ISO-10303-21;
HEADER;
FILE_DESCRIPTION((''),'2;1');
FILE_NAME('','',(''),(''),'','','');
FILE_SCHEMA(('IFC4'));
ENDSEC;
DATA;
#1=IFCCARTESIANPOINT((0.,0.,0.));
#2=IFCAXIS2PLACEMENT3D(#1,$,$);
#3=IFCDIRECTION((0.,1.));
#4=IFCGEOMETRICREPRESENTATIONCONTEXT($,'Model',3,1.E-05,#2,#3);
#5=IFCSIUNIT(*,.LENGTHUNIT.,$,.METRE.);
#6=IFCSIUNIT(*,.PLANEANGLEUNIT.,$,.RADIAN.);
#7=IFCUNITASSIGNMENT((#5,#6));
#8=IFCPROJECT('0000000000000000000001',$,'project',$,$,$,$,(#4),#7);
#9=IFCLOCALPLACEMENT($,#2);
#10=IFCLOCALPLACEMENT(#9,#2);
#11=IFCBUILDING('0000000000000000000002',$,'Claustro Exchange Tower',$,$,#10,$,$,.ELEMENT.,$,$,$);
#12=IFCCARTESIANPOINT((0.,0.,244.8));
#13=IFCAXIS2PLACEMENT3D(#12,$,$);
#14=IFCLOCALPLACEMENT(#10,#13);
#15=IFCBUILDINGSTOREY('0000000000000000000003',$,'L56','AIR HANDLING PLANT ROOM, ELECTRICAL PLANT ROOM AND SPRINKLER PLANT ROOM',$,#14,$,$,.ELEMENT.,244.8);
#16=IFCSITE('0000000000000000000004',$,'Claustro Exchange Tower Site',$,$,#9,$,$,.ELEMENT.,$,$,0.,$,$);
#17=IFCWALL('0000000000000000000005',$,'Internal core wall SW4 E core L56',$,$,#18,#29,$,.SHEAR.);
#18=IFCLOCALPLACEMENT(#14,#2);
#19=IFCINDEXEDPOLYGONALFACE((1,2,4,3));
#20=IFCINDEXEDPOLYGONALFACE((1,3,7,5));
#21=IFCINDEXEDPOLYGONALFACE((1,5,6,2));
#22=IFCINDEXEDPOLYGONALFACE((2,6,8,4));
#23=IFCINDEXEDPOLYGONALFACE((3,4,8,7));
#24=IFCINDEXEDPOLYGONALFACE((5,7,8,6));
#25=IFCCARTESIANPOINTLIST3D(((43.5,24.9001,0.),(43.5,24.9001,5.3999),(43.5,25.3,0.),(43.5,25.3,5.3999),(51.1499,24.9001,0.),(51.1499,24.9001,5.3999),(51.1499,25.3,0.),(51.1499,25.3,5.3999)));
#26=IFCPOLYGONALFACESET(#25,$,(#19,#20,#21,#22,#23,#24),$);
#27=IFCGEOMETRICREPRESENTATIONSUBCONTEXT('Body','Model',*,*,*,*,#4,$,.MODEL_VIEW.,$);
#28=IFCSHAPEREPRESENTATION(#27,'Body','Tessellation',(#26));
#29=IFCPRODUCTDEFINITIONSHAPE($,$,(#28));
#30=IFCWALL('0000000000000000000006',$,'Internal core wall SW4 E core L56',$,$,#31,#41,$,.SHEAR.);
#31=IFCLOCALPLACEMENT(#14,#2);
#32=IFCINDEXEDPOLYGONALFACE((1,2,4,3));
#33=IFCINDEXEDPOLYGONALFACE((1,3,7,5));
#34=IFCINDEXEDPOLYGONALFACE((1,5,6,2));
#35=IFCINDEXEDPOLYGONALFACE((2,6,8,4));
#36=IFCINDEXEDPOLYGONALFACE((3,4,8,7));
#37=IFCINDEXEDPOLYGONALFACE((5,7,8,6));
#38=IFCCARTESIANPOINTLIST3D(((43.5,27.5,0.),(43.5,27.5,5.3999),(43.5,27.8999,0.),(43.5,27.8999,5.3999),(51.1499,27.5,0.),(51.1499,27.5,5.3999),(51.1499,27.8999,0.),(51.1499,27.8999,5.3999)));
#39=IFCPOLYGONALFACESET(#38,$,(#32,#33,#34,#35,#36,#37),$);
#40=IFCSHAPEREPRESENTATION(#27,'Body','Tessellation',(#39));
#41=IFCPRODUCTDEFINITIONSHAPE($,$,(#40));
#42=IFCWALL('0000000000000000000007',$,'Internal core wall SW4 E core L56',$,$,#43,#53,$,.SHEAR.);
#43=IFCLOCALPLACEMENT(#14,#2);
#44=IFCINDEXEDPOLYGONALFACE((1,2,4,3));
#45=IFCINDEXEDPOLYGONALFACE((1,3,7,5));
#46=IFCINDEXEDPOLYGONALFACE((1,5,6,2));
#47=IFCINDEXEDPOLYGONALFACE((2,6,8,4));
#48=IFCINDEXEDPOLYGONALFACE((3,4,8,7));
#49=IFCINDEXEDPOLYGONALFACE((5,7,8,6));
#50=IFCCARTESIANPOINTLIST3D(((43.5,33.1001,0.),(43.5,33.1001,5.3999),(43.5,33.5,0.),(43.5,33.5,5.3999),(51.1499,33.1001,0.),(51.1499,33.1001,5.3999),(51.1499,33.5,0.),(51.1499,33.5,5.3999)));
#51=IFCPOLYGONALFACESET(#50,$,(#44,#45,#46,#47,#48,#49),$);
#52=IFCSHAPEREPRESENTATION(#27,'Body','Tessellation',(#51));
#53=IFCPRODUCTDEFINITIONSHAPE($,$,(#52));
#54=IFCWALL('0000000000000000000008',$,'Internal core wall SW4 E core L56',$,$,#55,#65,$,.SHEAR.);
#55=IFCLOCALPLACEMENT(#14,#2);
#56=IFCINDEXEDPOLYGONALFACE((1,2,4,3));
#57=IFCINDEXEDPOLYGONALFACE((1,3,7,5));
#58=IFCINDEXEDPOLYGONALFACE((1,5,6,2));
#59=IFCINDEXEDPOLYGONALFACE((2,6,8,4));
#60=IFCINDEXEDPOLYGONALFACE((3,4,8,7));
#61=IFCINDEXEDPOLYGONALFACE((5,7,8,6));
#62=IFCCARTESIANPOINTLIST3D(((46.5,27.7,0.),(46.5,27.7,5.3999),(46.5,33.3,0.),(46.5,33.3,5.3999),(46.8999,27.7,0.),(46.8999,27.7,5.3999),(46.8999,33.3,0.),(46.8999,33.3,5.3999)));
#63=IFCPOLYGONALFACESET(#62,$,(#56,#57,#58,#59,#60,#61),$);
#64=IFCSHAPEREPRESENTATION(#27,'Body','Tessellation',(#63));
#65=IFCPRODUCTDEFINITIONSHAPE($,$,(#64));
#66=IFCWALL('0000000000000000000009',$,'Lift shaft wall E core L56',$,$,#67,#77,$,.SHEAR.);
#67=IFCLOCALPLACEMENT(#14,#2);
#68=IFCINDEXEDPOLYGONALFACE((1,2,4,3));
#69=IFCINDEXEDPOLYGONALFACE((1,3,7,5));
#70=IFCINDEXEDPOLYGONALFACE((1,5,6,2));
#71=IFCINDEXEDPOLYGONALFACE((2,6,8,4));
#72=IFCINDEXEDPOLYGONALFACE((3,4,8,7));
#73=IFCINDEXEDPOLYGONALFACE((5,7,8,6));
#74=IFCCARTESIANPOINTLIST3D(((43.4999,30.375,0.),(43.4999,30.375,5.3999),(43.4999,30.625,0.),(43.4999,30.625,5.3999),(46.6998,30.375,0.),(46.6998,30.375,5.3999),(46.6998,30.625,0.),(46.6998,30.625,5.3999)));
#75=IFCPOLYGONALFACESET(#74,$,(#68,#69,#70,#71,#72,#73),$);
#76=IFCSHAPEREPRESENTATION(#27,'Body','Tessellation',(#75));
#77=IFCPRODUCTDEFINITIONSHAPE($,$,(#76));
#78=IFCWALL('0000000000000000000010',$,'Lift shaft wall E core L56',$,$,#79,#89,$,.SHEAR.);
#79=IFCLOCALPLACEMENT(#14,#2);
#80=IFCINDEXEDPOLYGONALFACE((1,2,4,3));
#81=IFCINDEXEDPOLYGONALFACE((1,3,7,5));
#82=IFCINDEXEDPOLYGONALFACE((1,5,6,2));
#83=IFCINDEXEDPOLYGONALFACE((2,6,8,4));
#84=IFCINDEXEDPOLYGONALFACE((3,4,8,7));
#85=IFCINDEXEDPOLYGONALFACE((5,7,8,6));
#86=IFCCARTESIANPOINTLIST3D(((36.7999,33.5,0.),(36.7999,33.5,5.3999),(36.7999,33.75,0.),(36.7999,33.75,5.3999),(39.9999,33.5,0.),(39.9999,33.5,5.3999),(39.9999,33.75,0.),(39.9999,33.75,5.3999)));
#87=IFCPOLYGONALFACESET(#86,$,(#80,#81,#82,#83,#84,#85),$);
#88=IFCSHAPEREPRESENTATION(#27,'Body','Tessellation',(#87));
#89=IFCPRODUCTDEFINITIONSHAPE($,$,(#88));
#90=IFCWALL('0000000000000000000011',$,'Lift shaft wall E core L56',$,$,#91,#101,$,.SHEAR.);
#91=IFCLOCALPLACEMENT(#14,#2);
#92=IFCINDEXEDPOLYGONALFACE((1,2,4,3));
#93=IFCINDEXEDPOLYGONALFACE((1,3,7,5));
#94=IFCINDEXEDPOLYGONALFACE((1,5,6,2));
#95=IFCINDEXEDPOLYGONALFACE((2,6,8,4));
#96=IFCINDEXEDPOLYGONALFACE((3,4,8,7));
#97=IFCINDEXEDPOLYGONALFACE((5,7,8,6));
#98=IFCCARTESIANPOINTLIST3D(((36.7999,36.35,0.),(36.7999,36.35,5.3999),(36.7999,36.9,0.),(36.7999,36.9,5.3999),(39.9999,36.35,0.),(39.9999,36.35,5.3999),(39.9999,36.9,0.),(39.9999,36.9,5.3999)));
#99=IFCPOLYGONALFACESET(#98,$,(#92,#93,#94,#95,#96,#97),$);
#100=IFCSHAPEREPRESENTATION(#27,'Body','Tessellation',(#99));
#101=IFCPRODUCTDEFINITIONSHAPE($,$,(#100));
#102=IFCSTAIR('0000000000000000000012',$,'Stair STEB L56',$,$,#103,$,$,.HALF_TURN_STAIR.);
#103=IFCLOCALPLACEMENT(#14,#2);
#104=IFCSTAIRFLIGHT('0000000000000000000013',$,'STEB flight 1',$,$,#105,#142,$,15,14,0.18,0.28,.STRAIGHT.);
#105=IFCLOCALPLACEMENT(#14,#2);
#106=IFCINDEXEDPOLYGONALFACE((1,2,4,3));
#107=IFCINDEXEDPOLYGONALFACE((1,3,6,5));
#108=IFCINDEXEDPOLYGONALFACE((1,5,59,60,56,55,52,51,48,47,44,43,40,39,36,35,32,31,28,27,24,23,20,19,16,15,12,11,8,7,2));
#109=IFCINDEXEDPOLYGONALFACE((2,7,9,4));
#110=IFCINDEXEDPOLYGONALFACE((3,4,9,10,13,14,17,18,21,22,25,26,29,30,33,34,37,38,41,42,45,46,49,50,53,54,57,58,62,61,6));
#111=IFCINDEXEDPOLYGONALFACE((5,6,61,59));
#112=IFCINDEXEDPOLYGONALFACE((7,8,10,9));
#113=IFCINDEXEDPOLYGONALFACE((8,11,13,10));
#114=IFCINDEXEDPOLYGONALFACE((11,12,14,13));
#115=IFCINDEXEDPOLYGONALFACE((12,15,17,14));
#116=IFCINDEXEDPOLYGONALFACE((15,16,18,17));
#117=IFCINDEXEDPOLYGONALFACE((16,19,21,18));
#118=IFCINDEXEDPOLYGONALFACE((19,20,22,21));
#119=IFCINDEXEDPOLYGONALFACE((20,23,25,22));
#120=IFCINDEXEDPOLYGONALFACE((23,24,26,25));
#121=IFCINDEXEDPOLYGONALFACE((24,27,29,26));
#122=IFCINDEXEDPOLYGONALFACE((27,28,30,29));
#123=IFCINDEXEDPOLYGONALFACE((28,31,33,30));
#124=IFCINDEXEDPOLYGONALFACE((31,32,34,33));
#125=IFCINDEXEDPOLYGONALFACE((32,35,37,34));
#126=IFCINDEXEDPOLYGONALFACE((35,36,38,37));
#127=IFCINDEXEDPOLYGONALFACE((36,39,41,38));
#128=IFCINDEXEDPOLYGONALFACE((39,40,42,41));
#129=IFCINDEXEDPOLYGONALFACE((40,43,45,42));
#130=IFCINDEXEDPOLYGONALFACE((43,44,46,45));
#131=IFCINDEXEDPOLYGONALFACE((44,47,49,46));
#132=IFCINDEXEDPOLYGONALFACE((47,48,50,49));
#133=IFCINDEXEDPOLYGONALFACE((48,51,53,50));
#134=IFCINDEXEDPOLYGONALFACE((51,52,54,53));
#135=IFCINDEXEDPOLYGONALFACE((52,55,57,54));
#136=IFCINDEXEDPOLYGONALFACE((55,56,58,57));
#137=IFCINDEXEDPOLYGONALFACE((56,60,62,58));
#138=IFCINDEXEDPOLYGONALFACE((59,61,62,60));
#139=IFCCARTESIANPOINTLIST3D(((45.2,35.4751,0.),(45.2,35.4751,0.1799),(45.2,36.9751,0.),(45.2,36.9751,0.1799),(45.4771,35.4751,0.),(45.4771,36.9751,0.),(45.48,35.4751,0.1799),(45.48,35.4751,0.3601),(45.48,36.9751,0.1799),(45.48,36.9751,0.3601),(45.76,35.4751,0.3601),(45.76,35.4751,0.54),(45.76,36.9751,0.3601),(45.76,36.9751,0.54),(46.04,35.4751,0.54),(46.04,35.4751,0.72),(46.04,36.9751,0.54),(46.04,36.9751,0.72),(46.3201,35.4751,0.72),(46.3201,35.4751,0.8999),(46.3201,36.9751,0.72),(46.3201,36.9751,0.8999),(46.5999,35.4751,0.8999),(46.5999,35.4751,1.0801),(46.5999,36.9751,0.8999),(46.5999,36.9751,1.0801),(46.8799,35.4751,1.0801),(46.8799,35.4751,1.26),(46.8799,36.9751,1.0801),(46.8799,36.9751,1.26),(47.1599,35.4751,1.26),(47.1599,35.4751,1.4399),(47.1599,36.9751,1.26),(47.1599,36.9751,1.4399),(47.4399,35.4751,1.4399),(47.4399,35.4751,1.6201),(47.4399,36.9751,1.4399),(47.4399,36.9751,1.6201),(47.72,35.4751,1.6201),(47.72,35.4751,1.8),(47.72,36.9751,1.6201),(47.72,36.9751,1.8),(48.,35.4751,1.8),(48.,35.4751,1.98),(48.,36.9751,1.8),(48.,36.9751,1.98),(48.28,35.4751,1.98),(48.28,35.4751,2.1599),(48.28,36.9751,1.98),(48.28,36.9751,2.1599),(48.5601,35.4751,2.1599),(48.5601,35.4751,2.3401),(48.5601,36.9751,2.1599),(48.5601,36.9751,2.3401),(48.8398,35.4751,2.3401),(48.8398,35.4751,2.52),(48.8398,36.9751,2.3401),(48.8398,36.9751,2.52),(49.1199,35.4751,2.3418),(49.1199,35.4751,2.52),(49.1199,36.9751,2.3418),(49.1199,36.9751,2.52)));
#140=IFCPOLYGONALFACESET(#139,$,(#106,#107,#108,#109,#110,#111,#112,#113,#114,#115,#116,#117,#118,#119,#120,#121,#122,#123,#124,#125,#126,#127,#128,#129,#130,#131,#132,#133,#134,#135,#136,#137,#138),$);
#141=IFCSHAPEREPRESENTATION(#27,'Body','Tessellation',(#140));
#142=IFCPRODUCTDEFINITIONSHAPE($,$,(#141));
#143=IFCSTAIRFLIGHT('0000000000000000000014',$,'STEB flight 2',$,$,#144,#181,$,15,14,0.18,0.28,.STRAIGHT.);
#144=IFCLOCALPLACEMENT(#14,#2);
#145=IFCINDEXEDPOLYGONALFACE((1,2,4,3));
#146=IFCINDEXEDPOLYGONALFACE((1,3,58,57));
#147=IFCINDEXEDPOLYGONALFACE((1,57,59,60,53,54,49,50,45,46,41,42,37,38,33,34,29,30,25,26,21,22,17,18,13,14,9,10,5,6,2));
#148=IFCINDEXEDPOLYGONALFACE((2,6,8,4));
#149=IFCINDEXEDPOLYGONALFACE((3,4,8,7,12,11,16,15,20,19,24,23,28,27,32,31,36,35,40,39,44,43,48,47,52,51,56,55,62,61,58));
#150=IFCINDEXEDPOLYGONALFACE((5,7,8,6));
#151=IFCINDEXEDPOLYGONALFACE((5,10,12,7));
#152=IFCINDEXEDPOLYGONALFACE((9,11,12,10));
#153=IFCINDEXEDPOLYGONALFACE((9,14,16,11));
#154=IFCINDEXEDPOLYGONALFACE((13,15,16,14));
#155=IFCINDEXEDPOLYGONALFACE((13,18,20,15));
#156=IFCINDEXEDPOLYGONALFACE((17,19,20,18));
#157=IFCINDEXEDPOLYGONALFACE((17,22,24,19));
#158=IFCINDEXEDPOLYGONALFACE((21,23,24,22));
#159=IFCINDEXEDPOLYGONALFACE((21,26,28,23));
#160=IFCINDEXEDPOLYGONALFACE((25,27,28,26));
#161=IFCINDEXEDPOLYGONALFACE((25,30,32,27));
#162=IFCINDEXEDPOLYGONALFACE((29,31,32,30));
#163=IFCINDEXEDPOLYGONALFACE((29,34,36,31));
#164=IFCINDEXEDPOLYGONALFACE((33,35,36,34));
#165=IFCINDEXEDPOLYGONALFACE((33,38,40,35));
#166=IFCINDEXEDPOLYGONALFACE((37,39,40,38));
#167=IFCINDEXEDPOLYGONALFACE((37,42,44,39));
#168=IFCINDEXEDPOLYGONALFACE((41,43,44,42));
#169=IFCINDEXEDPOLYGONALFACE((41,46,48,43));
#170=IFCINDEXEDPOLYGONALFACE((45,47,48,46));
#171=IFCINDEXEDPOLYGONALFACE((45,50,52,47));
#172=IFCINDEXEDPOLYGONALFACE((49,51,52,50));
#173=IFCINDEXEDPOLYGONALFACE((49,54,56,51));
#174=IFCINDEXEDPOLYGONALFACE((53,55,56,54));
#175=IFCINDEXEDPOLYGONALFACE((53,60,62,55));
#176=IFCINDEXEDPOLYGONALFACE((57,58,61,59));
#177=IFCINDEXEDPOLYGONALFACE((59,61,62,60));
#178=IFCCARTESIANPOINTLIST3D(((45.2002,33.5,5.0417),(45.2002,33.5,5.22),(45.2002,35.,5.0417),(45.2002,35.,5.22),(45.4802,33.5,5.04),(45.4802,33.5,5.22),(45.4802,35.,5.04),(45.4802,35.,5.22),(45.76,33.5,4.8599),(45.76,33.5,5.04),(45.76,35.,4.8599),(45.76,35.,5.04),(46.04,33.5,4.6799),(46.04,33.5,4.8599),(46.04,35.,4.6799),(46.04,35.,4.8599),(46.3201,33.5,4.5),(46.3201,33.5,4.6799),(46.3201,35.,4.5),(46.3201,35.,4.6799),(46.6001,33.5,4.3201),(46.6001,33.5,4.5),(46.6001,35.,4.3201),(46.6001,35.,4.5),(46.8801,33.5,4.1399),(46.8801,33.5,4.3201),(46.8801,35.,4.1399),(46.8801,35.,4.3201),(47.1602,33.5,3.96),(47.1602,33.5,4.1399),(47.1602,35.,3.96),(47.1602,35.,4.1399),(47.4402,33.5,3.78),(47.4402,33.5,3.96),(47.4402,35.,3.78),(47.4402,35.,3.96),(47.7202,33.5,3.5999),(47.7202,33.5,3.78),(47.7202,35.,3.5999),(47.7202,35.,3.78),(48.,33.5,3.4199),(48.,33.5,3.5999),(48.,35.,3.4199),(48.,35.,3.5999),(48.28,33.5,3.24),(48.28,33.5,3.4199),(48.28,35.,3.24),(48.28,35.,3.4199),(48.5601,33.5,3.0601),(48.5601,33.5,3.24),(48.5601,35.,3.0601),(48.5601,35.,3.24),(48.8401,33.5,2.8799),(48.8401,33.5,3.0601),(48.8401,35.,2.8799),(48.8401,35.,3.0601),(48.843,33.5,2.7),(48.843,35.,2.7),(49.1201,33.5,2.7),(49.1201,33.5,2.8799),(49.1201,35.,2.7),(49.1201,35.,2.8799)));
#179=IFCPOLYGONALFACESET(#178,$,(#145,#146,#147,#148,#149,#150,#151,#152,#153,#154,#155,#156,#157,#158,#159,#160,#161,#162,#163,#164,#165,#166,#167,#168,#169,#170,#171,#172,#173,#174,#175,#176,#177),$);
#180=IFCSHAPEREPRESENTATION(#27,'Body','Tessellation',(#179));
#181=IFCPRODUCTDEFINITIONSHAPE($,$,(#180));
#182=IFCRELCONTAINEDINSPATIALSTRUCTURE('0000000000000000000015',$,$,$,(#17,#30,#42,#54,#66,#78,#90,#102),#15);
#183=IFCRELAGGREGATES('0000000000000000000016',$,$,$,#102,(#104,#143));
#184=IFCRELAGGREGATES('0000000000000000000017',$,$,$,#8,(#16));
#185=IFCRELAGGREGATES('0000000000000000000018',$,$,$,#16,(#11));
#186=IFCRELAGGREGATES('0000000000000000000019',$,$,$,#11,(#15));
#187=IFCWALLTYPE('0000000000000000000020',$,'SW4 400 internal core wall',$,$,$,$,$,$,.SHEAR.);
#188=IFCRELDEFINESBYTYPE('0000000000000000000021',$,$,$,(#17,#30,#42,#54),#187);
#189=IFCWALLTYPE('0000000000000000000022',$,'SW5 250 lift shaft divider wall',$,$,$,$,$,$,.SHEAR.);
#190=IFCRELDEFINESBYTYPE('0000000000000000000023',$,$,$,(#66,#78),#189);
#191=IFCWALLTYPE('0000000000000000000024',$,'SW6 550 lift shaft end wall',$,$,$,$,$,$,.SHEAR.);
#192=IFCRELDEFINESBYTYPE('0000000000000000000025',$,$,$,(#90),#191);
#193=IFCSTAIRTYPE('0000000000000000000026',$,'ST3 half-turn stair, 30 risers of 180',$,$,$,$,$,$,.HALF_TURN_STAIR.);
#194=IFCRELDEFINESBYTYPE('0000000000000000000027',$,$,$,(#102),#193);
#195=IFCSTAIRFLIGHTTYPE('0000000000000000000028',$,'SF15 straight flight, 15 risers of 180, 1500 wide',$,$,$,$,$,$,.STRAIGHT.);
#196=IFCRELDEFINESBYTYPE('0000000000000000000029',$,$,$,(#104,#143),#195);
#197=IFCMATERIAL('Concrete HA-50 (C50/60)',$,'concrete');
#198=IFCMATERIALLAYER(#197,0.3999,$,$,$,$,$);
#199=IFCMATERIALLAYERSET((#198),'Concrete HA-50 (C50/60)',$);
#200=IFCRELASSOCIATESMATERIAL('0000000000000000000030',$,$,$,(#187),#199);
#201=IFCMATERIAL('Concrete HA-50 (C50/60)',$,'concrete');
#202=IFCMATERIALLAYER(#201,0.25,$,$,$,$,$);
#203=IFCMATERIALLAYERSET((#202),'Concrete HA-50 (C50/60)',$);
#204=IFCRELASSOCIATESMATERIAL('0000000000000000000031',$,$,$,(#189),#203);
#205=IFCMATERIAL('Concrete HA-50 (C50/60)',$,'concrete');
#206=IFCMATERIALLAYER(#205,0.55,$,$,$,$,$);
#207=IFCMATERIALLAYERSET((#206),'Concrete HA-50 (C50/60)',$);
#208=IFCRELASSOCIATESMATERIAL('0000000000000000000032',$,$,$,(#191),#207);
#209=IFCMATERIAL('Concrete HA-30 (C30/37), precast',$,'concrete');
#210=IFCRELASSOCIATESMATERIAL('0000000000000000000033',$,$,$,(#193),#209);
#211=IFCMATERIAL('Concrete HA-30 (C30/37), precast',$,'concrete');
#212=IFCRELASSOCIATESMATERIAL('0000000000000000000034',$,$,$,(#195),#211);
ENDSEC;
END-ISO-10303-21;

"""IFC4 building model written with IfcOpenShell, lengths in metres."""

from ifc_helpers import new_model, si_unit, direction, frame, frame_2d, origin, place, context, subcontext, project, spatial, polyline, rectangle, outline, extrude, material, layer, layer_set, type_object, element, aggregate, save


model = new_model("IFC4")

# Units and contexts
model_context = context("Model", 3, precision=1e-05, world=origin(), true_north=direction((0.0, 1.0)))
body_context = subcontext(model_context, "Body", "Model", "MODEL_VIEW")
ifc_project = project(units=[si_unit("LENGTHUNIT", "METRE"), si_unit("PLANEANGLEUNIT", "RADIAN")], contexts=[model_context])

# Site, building, storey
site_placement = place(None, origin())
site = spatial("IfcSite", under=ifc_project, at=site_placement, Name="Claustro Exchange Tower Site", CompositionType="ELEMENT", RefElevation=0.0)
building_placement = place(site_placement, origin())
building = spatial("IfcBuilding", under=site, at=building_placement, Name="Claustro Exchange Tower", CompositionType="ELEMENT")
storey_placement = place(building_placement, frame((0.0, 0.0, 244.8)))
storey = spatial("IfcBuildingStorey", under=building, at=storey_placement, Name="L56", Description="AIR HANDLING PLANT ROOM, ELECTRICAL PLANT ROOM AND SPRINKLER PLANT ROOM", CompositionType="ELEMENT", Elevation=244.8)

# Walls
ifc_material_1 = material(Name="Concrete HA-50 (C50/60)", Category="concrete")
ifc_layer_1 = layer(ifc_material_1, 0.3999)
ifc_layer_set_1 = layer_set([ifc_layer_1], Name="Concrete HA-50 (C50/60)")
wall_type_1 = type_object("IfcWallType", Name="SW4 400 internal core wall", PredefinedType="SHEAR", material=ifc_layer_set_1)
for number, where, z_axis, x_axis, name in (
    (1, (51.1499, 25.1001, 0.0), (0.0, 0.0, 1.0), (-1.0, 0.0, 0.0), "Internal core wall SW4 E core L56"),
    (2, (51.1499, 27.7, 0.0), (0.0, 0.0, 1.0), (-1.0, 0.0, 0.0), "Internal core wall SW4 E core L56"),
    (3, (51.1499, 33.3, 0.0), (0.0, 0.0, 1.0), (-1.0, 0.0, 0.0), "Internal core wall SW4 E core L56"),
):
    element("IfcWall", number, at=place(storey_placement, frame(where, z_axis=z_axis, x_axis=x_axis)), inside=storey, type_object=wall_type_1, Name=name, PredefinedType="SHEAR", context=body_context, shape_type="SweptSolid", body=[
        extrude(rectangle(XDim=7.6499, YDim=0.3999, at=frame_2d((3.825, 0.0))), origin(), (0.0, 0.0, 1.0), 5.3999),
    ])
wall_1_placement = place(storey_placement, frame((46.7, 27.7, 0.0), z_axis=(0.0, 0.0, 1.0), x_axis=(0.0, 1.0, 0.0)))
element("IfcWall", 4, at=wall_1_placement, inside=storey, type_object=wall_type_1, Name="Internal core wall SW4 E core L56", PredefinedType="SHEAR", context=body_context, shape_type="SweptSolid", body=[
    extrude(rectangle(XDim=5.6001, YDim=0.3999, at=frame_2d((2.8, 0.0))), origin(), (0.0, 0.0, 1.0), 5.3999),
])
ifc_material_2 = material(Name="Concrete HA-50 (C50/60)", Category="concrete")
ifc_layer_2 = layer(ifc_material_2, 0.25)
ifc_layer_set_2 = layer_set([ifc_layer_2], Name="Concrete HA-50 (C50/60)")
wall_type_2 = type_object("IfcWallType", Name="SW5 250 lift shaft divider wall", PredefinedType="SHEAR", material=ifc_layer_set_2)
for number, where, z_axis, x_axis, name in (
    (5, (46.7, 30.5, 0.0), (0.0, 0.0, 1.0), (-1.0, 0.0, 0.0), "Lift shaft wall E core L56"),
    (6, (40.0, 33.625, 0.0), (0.0, 0.0, 1.0), (-1.0, 0.0, 0.0), "Lift shaft wall E core L56"),
):
    element("IfcWall", number, at=place(storey_placement, frame(where, z_axis=z_axis, x_axis=x_axis)), inside=storey, type_object=wall_type_2, Name=name, PredefinedType="SHEAR", context=body_context, shape_type="SweptSolid", body=[
        extrude(rectangle(XDim=3.2, YDim=0.25, at=frame_2d((1.6001, 0.0))), origin(), (0.0, 0.0, 1.0), 5.3999),
    ])
ifc_material_3 = material(Name="Concrete HA-50 (C50/60)", Category="concrete")
ifc_layer_3 = layer(ifc_material_3, 0.55)
ifc_layer_set_3 = layer_set([ifc_layer_3], Name="Concrete HA-50 (C50/60)")
wall_type_3 = type_object("IfcWallType", Name="SW6 550 lift shaft end wall", PredefinedType="SHEAR", material=ifc_layer_set_3)
wall_2_placement = place(storey_placement, frame((40.0, 36.625, 0.0), z_axis=(0.0, 0.0, 1.0), x_axis=(-1.0, 0.0, 0.0)))
element("IfcWall", 7, at=wall_2_placement, inside=storey, type_object=wall_type_3, Name="Lift shaft wall E core L56", PredefinedType="SHEAR", context=body_context, shape_type="SweptSolid", body=[
    extrude(rectangle(XDim=3.2, YDim=0.55, at=frame_2d((1.6001, 0.0))), origin(), (0.0, 0.0, 1.0), 5.3999),
])

# Stair, stair flights
ifc_material_4 = material(Name="Concrete HA-30 (C30/37), precast", Category="concrete")
stair_type = type_object("IfcStairType", Name="ST3 half-turn stair, 30 risers of 180", PredefinedType="HALF_TURN_STAIR", material=ifc_material_4)
stair_placement = place(storey_placement, origin())
stair = element("IfcStair", 8, at=stair_placement, inside=storey, type_object=stair_type, Name="Stair STEB L56", PredefinedType="HALF_TURN_STAIR")
ifc_material_5 = material(Name="Concrete HA-30 (C30/37), precast", Category="concrete")
stair_flight_type = type_object("IfcStairFlightType", Name="SF15 straight flight, 15 risers of 180, 1500 wide", PredefinedType="STRAIGHT", material=ifc_material_5)
stair_flight_1_placement = place(storey_placement, frame((45.2, 36.2251, 0.0), z_axis=(0.0, 0.0, 1.0), x_axis=(1.0, 0.0, 0.0)))
stair_flight_1 = element("IfcStairFlight", 9, at=stair_flight_1_placement, type_object=stair_flight_type, Name="STEB flight 1", NumberOfRisers=15, NumberOfTreads=14, PredefinedType="STRAIGHT", RiserHeight=0.18, TreadLength=0.28, context=body_context, shape_type="SweptSolid", body=[
    extrude(outline(polyline([(0.0, 0.0), (0.0, 0.1799), (0.28, 0.1799), (0.28, 0.3601), (0.5601, 0.3601), (0.5601, 0.54), (0.8401, 0.54), (0.8401, 0.72), (1.1201, 0.72), (1.1201, 0.8999), (1.3999, 0.8999), (1.3999, 1.0801), (1.6799, 1.0801), (1.6799, 1.26), (1.96, 1.26), (1.96, 1.4399), (2.24, 1.4399), (2.24, 1.6201), (2.52, 1.6201), (2.52, 1.8), (2.8, 1.8), (2.8, 1.98), (3.0801, 1.98), (3.0801, 2.1599), (3.3601, 2.1599), (3.3601, 2.3401), (3.6399, 2.3401), (3.6399, 2.52), (3.9199, 2.52), (3.9199, 2.7), (3.9199, 2.3418), (0.2771, 0.0), (0.0, 0.0)])), frame((0.0, 0.75, 0.0), z_axis=(0.0, -1.0, 0.0), x_axis=(1.0, 0.0, 0.0)), (0.0, 0.0, 1.0), 1.5),
])
stair_flight_2_placement = place(storey_placement, frame((49.1201, 34.25, 2.7), z_axis=(0.0, 0.0, 1.0), x_axis=(-1.0, 0.0, 0.0)))
stair_flight_2 = element("IfcStairFlight", 10, at=stair_flight_2_placement, type_object=stair_flight_type, Name="STEB flight 2", NumberOfRisers=15, NumberOfTreads=14, PredefinedType="STRAIGHT", RiserHeight=0.18, TreadLength=0.28, context=body_context, shape_type="SweptSolid", body=[
    extrude(outline(polyline([(0.0, 0.0), (0.0, 0.1799), (0.28, 0.1799), (0.28, 0.3601), (0.5601, 0.3601), (0.5601, 0.54), (0.8401, 0.54), (0.8401, 0.72), (1.1201, 0.72), (1.1201, 0.8999), (1.3999, 0.8999), (1.3999, 1.0801), (1.6799, 1.0801), (1.6799, 1.26), (1.96, 1.26), (1.96, 1.4399), (2.24, 1.4399), (2.24, 1.6201), (2.52, 1.6201), (2.52, 1.8), (2.8, 1.8), (2.8, 1.98), (3.0801, 1.98), (3.0801, 2.1599), (3.3601, 2.1599), (3.3601, 2.3401), (3.6399, 2.3401), (3.6399, 2.52), (3.9199, 2.52), (3.9199, 2.7), (3.9199, 2.3418), (0.2771, 0.0), (0.0, 0.0)])), frame((0.0, 0.75, 0.0), z_axis=(0.0, -1.0, 0.0), x_axis=(1.0, 0.0, 0.0)), (0.0, 0.0, 1.0), 1.5),
])
aggregate(stair, [stair_flight_1, stair_flight_2])

save(model, "model.ifc")
